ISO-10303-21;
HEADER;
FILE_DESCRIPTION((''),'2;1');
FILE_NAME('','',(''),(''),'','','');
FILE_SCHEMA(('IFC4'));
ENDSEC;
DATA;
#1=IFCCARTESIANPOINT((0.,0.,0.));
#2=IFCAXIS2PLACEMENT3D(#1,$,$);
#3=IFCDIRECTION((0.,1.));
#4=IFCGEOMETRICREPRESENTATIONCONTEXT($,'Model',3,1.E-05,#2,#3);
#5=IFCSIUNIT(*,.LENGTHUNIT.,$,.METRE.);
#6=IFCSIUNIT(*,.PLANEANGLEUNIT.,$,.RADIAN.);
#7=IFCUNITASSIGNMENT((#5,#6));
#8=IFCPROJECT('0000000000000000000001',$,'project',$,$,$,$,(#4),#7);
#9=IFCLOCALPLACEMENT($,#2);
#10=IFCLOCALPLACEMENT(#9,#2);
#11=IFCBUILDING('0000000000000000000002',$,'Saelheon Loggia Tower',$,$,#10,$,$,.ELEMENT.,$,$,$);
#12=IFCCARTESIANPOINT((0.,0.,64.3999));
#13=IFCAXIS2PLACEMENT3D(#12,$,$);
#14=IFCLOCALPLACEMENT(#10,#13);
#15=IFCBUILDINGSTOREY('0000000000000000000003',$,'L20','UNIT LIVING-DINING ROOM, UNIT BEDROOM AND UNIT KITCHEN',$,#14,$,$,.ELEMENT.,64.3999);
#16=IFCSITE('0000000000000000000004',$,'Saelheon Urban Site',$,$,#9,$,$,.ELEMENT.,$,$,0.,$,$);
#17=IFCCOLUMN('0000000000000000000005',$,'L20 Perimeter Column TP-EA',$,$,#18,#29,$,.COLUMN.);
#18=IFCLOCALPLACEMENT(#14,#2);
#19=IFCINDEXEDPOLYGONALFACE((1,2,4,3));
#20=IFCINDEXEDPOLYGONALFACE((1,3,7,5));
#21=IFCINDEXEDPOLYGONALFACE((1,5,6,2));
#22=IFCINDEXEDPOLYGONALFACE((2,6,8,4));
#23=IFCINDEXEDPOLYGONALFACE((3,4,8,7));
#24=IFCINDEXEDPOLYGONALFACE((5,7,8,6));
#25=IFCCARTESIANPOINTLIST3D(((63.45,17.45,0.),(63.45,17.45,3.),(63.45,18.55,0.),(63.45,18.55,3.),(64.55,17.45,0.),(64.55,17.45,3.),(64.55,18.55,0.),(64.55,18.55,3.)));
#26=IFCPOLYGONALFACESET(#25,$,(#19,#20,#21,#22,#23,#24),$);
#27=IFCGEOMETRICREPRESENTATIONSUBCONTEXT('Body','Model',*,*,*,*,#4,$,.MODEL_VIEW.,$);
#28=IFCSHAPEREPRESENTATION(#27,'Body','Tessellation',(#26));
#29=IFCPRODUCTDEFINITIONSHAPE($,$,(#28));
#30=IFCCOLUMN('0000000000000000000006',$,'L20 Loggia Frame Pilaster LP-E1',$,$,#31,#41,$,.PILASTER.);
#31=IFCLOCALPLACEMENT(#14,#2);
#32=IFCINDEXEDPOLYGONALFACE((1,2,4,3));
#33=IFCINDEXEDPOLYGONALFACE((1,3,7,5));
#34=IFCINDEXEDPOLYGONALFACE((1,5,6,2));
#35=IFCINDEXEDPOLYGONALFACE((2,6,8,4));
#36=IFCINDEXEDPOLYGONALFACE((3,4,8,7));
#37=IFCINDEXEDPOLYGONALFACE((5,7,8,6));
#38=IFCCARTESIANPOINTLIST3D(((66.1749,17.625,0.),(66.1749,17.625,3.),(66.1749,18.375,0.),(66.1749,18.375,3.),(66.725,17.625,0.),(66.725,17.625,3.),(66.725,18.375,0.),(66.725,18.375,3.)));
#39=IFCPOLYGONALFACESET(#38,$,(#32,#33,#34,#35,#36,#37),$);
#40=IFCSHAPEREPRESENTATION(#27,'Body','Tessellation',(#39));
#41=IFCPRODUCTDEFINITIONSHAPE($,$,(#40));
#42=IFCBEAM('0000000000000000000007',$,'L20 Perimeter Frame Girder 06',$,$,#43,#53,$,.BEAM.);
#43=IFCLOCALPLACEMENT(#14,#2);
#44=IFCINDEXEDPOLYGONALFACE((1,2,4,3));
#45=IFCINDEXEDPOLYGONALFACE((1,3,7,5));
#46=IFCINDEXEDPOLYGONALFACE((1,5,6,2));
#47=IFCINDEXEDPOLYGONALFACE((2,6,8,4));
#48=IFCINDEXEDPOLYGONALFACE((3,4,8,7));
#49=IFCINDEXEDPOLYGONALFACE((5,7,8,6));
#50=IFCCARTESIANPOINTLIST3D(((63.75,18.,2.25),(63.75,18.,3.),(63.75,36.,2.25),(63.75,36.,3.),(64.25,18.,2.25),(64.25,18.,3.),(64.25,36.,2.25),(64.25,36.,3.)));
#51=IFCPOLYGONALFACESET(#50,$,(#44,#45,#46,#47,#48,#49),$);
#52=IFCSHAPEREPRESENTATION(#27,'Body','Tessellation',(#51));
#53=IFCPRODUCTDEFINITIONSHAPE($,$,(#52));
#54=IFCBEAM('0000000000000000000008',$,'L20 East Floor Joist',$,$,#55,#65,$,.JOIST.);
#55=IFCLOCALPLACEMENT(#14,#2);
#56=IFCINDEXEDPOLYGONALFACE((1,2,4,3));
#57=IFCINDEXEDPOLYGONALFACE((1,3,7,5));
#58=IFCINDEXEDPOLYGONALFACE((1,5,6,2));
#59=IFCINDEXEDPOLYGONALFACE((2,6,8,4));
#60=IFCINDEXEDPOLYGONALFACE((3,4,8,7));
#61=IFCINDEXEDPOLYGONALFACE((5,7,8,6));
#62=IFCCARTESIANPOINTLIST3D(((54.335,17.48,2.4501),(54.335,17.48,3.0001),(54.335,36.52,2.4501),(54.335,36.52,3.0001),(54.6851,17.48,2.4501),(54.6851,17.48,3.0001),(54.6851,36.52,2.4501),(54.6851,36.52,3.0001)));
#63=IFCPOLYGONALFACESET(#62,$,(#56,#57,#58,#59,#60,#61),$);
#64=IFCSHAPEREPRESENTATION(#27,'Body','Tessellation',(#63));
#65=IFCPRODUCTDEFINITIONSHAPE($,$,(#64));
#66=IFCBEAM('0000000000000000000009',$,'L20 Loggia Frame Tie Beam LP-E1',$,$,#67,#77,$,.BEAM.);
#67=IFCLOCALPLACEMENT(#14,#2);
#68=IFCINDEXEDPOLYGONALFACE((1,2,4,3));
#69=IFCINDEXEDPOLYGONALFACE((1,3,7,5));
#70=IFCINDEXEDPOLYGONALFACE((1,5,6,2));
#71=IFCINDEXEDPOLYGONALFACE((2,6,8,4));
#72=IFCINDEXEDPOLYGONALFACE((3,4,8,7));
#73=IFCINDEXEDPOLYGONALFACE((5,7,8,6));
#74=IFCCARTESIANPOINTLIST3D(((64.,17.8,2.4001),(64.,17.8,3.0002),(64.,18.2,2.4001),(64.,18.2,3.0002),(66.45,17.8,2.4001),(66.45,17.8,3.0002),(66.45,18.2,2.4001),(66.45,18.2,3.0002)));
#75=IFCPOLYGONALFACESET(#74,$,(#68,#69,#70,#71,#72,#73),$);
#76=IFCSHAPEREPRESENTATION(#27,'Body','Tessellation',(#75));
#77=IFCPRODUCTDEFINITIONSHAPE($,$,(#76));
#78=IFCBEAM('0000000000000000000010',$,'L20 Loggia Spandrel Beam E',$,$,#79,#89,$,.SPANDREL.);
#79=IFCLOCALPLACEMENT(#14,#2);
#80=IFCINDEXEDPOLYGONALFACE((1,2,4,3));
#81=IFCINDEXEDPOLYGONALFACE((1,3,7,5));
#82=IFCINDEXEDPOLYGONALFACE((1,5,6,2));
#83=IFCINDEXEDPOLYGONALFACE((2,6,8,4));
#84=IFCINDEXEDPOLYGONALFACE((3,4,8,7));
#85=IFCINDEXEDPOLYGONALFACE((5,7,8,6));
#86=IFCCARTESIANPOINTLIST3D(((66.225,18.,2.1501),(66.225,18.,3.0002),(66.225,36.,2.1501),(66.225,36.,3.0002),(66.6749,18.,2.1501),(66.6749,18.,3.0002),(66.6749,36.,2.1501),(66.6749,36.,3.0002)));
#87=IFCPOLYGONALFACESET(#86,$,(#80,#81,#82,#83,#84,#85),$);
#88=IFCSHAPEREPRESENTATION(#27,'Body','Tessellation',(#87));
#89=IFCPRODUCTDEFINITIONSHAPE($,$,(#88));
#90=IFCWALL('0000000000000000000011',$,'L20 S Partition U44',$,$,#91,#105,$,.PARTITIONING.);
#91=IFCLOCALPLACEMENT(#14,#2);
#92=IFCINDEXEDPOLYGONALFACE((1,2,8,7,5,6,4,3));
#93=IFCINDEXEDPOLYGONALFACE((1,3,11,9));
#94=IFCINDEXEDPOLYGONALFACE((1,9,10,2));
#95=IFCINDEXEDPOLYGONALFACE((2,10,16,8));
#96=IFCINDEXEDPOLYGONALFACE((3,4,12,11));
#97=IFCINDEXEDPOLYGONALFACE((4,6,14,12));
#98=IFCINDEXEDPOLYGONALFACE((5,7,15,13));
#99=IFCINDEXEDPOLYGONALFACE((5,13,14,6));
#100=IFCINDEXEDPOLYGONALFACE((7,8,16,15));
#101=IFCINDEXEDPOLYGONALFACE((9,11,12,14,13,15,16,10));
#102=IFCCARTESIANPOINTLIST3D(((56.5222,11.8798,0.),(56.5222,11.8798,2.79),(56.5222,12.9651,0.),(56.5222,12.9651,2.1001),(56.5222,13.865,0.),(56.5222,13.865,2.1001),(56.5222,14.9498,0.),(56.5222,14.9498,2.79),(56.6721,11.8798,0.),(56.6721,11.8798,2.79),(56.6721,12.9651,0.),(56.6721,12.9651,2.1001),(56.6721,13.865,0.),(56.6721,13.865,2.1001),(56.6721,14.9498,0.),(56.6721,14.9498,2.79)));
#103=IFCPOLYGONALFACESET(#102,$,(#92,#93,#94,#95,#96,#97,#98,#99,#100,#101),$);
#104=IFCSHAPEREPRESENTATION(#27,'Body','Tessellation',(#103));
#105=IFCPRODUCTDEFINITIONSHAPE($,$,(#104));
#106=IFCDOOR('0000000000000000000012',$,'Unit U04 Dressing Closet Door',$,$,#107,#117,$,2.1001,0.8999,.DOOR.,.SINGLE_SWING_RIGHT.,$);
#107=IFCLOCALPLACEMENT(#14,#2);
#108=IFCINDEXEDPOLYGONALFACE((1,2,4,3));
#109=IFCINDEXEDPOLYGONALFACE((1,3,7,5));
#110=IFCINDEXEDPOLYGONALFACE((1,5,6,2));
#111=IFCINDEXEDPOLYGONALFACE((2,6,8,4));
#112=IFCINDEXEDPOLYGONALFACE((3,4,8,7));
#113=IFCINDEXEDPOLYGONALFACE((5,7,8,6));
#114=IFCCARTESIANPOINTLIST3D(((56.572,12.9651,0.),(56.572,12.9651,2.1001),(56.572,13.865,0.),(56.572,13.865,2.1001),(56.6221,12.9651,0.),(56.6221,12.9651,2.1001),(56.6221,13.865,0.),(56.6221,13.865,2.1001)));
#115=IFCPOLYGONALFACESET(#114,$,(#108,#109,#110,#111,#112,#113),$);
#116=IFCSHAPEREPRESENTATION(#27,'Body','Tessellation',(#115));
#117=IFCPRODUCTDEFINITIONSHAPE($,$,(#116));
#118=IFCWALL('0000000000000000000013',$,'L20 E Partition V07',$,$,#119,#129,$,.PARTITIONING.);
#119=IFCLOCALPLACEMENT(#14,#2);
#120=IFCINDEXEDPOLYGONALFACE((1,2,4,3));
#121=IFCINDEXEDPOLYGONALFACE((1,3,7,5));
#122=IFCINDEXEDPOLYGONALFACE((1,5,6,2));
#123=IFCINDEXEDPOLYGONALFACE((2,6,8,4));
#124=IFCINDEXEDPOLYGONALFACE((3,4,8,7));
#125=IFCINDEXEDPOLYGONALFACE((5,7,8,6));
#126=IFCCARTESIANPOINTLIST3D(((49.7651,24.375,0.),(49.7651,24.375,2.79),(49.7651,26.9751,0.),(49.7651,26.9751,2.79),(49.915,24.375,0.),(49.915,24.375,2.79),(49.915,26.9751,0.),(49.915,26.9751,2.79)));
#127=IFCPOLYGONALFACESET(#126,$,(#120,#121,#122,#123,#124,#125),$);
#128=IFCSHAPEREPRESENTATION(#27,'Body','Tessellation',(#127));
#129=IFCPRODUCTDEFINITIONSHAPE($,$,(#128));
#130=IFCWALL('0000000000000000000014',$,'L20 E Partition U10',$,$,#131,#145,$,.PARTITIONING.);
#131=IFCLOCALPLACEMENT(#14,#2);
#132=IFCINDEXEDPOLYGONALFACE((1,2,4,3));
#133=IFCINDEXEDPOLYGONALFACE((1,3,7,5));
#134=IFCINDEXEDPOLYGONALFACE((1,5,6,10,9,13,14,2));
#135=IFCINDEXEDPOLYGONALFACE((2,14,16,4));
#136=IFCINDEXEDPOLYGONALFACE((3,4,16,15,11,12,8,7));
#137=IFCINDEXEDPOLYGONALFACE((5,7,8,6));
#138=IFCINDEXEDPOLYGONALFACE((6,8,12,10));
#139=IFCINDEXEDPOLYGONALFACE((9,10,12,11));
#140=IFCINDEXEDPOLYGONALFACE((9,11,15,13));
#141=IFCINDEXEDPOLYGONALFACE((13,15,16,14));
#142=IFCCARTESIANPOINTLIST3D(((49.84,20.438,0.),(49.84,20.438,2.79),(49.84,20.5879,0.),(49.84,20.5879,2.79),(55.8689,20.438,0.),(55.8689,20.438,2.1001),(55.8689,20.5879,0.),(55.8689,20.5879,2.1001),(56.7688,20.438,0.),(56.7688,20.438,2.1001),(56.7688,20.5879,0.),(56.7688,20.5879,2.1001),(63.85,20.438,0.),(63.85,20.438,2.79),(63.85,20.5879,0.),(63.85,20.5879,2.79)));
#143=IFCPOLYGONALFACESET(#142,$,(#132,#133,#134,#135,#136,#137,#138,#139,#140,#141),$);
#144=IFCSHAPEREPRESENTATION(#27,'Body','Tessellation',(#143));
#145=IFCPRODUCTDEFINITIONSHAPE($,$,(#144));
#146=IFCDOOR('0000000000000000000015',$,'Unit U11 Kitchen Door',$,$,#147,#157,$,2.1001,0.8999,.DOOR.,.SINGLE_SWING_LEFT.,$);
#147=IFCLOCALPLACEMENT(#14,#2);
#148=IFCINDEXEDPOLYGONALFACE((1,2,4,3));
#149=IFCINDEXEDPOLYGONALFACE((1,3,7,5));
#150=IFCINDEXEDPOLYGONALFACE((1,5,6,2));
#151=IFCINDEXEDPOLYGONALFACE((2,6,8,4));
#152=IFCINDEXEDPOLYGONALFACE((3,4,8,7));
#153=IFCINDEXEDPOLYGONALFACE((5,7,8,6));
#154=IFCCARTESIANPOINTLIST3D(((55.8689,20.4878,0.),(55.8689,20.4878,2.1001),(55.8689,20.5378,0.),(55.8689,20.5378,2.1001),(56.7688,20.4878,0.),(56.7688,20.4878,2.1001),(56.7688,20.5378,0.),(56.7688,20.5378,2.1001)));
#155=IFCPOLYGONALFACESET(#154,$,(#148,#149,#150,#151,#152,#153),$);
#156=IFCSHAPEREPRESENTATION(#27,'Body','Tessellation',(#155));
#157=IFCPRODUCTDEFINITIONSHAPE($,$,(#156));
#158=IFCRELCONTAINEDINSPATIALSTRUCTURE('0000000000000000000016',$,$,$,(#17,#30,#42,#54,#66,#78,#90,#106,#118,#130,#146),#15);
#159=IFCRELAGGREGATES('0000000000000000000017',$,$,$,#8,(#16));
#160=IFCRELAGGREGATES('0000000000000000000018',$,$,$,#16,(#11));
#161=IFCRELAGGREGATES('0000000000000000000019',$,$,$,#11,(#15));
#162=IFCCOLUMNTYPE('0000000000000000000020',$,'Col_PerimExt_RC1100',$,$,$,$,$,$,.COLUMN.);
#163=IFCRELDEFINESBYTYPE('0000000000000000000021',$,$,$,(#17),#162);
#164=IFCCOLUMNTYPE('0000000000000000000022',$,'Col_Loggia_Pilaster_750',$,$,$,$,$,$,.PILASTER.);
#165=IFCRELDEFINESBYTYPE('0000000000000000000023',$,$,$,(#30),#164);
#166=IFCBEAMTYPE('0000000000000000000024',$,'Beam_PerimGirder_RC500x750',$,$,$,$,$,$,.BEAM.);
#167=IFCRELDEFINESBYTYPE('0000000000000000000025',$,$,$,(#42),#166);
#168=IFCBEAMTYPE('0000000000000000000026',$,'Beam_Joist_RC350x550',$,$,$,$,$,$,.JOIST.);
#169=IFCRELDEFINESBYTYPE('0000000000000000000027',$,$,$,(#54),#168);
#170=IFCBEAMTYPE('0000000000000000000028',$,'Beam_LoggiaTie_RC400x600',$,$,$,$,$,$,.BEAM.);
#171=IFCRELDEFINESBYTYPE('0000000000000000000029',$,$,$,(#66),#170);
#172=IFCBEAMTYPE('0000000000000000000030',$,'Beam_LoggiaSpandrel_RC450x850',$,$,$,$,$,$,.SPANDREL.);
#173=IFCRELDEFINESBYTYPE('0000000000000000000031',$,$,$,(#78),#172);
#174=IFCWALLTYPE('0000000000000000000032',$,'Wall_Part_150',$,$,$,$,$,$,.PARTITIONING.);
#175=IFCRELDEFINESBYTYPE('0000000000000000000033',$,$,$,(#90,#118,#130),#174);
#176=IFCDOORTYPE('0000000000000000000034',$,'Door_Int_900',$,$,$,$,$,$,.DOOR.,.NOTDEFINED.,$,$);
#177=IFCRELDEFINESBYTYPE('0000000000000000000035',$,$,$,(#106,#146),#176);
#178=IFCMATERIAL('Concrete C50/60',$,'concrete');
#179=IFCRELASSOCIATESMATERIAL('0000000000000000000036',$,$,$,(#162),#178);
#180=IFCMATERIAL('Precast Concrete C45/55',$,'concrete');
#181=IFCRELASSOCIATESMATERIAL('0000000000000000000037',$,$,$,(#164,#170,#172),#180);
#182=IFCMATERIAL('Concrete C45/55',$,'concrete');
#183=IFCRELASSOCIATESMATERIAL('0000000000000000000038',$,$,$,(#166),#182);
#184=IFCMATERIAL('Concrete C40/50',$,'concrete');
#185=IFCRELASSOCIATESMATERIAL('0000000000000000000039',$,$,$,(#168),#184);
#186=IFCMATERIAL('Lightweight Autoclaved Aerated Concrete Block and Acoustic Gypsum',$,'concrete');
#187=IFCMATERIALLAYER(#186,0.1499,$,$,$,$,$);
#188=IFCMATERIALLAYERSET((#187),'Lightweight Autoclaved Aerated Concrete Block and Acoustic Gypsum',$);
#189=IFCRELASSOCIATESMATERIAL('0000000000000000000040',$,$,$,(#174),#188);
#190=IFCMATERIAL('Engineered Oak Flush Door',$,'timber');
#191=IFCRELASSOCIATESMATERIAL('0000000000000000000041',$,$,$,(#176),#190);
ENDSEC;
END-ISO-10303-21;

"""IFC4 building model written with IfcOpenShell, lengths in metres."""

from ifc_helpers import new_model, si_unit, direction, frame, frame_2d, origin, origin_2d, place, context, subcontext, project, spatial, rectangle, extrude, source, transform, mapped, material, layer, layer_set, material_profile, profile_set, type_object, element, fill, save


model = new_model("IFC4")

# Units and contexts
model_context = context("Model", 3, precision=1e-05, world=origin(), true_north=direction((0.0, 1.0)))
body_context = subcontext(model_context, "Body", "Model", "MODEL_VIEW")
ifc_project = project(units=[si_unit("LENGTHUNIT", "METRE"), si_unit("PLANEANGLEUNIT", "RADIAN")], contexts=[model_context])

# Site, building, storey
site_placement = place(None, origin())
site = spatial("IfcSite", under=ifc_project, at=site_placement, Name="Saelheon Urban Site", CompositionType="ELEMENT", RefElevation=0.0)
building_placement = place(site_placement, origin())
building = spatial("IfcBuilding", under=site, at=building_placement, Name="Saelheon Loggia Tower", CompositionType="ELEMENT")
storey_placement = place(building_placement, frame((0.0, 0.0, 64.3999)))
storey = spatial("IfcBuildingStorey", under=building, at=storey_placement, Name="L20", Description="UNIT LIVING-DINING ROOM, UNIT BEDROOM AND UNIT KITCHEN", CompositionType="ELEMENT", Elevation=64.3999)

# Columns
ifc_material_1 = material(Name="Concrete C50/60", Category="concrete")
ifc_material_profile_1 = material_profile(ifc_material_1, rectangle(XDim=1.1001, YDim=1.1001, at=origin_2d()), Name="RC-1100x1100")
ifc_profile_set_1 = profile_set([ifc_material_profile_1], Name="Concrete C50/60")
column_type_1 = type_object("IfcColumnType", Name="Col_PerimExt_RC1100", PredefinedType="COLUMN", material=ifc_profile_set_1)
shared_shape_1 = source(origin(), body_context, "Body", "SweptSolid", [
    extrude(rectangle(XDim=1.1001, YDim=1.1001, at=origin_2d()), origin(), (0.0, 0.0, 1.0), 3.0),
])
column_1_placement = place(storey_placement, frame((64.0, 18.0, 0.0), z_axis=(0.0, 0.0, 1.0), x_axis=(1.0, 0.0, 0.0)))
element("IfcColumn", 1, at=column_1_placement, inside=storey, type_object=column_type_1, Name="L20 Perimeter Column TP-EA", PredefinedType="COLUMN", context=body_context, shape_type="MappedRepresentation", body=[
    mapped(shared_shape_1, transform((0.0, 0.0, 0.0), scale=1.0)),
])
ifc_material_2 = material(Name="Precast Concrete C45/55", Category="concrete")
ifc_material_profile_2 = material_profile(ifc_material_2, rectangle(XDim=0.55, YDim=0.75, at=origin_2d()), Name="RC-550x750")
ifc_profile_set_2 = profile_set([ifc_material_profile_2], Name="Precast Concrete C45/55")
column_type_2 = type_object("IfcColumnType", Name="Col_Loggia_Pilaster_750", PredefinedType="PILASTER", material=ifc_profile_set_2)
shared_shape_2 = source(origin(), body_context, "Body", "SweptSolid", [
    extrude(rectangle(XDim=0.55, YDim=0.75, at=origin_2d()), origin(), (0.0, 0.0, 1.0), 3.0),
])
column_2_placement = place(storey_placement, frame((66.45, 18.0, 0.0), z_axis=(0.0, 0.0, 1.0), x_axis=(1.0, 0.0, 0.0)))
element("IfcColumn", 2, at=column_2_placement, inside=storey, type_object=column_type_2, Name="L20 Loggia Frame Pilaster LP-E1", PredefinedType="PILASTER", context=body_context, shape_type="MappedRepresentation", body=[
    mapped(shared_shape_2, transform((0.0, 0.0, 0.0), scale=1.0)),
])

# Beams
ifc_material_3 = material(Name="Concrete C45/55", Category="concrete")
ifc_material_profile_3 = material_profile(ifc_material_3, rectangle(XDim=0.5, YDim=0.75, at=origin_2d()), Name="RC-500x750")
ifc_profile_set_3 = profile_set([ifc_material_profile_3], Name="Concrete C45/55")
beam_type_1 = type_object("IfcBeamType", Name="Beam_PerimGirder_RC500x750", PredefinedType="BEAM", material=ifc_profile_set_3)
shared_shape_3 = source(origin(), body_context, "Body", "SweptSolid", [
    extrude(rectangle(XDim=0.5, YDim=0.75, at=origin_2d()), origin(), (0.0, 0.0, 1.0), 18.0),
])
beam_1_placement = place(storey_placement, frame((64.0, 18.0, 2.625), z_axis=(0.0, 1.0, 0.0), x_axis=(-1.0, 0.0, 0.0)))
element("IfcBeam", 3, at=beam_1_placement, inside=storey, type_object=beam_type_1, Name="L20 Perimeter Frame Girder 06", PredefinedType="BEAM", context=body_context, shape_type="MappedRepresentation", body=[
    mapped(shared_shape_3, transform((0.0, 0.0, 0.0), scale=1.0)),
])
ifc_material_4 = material(Name="Concrete C40/50", Category="concrete")
ifc_material_profile_4 = material_profile(ifc_material_4, rectangle(XDim=0.3501, YDim=0.55, at=origin_2d()), Name="RC-350x550")
ifc_profile_set_4 = profile_set([ifc_material_profile_4], Name="Concrete C40/50")
beam_type_2 = type_object("IfcBeamType", Name="Beam_Joist_RC350x550", PredefinedType="JOIST", material=ifc_profile_set_4)
shared_shape_4 = source(origin(), body_context, "Body", "SweptSolid", [
    extrude(rectangle(XDim=0.3501, YDim=0.55, at=origin_2d()), origin(), (0.0, 0.0, 1.0), 19.04),
])
beam_2_placement = place(storey_placement, frame((54.51, 17.48, 2.7251), z_axis=(0.0, 1.0, 0.0), x_axis=(-1.0, 0.0, 0.0)))
element("IfcBeam", 4, at=beam_2_placement, inside=storey, type_object=beam_type_2, Name="L20 East Floor Joist", PredefinedType="JOIST", context=body_context, shape_type="MappedRepresentation", body=[
    mapped(shared_shape_4, transform((0.0, 0.0, 0.0), scale=1.0)),
])
ifc_material_profile_5 = material_profile(ifc_material_2, rectangle(XDim=0.3999, YDim=0.6001, at=origin_2d()), Name="RC-400x600")
ifc_profile_set_5 = profile_set([ifc_material_profile_5], Name="Precast Concrete C45/55")
beam_type_3 = type_object("IfcBeamType", Name="Beam_LoggiaTie_RC400x600", PredefinedType="BEAM", material=ifc_profile_set_5)
shared_shape_5 = source(origin(), body_context, "Body", "SweptSolid", [
    extrude(rectangle(XDim=0.3999, YDim=0.6001, at=origin_2d()), origin(), (0.0, 0.0, 1.0), 2.45),
])
beam_3_placement = place(storey_placement, frame((64.0, 18.0, 2.7002), z_axis=(1.0, 0.0, 0.0), x_axis=(0.0, 1.0, 0.0)))
element("IfcBeam", 5, at=beam_3_placement, inside=storey, type_object=beam_type_3, Name="L20 Loggia Frame Tie Beam LP-E1", PredefinedType="BEAM", context=body_context, shape_type="MappedRepresentation", body=[
    mapped(shared_shape_5, transform((0.0, 0.0, 0.0), scale=1.0)),
])
ifc_material_profile_6 = material_profile(ifc_material_2, rectangle(XDim=0.45, YDim=0.8501, at=origin_2d()), Name="RC-450x850")
ifc_profile_set_6 = profile_set([ifc_material_profile_6], Name="Precast Concrete C45/55")
beam_type_4 = type_object("IfcBeamType", Name="Beam_LoggiaSpandrel_RC450x850", PredefinedType="SPANDREL", material=ifc_profile_set_6)
shared_shape_6 = source(origin(), body_context, "Body", "SweptSolid", [
    extrude(rectangle(XDim=0.45, YDim=0.8501, at=origin_2d()), origin(), (0.0, 0.0, 1.0), 18.0),
])
beam_4_placement = place(storey_placement, frame((66.45, 18.0, 2.5752), z_axis=(0.0, 1.0, 0.0), x_axis=(-1.0, 0.0, 0.0)))
element("IfcBeam", 6, at=beam_4_placement, inside=storey, type_object=beam_type_4, Name="L20 Loggia Spandrel Beam E", PredefinedType="SPANDREL", context=body_context, shape_type="MappedRepresentation", body=[
    mapped(shared_shape_6, transform((0.0, 0.0, 0.0), scale=1.0)),
])

# Wall, opening, door
ifc_material_5 = material(Name="Lightweight Autoclaved Aerated Concrete Block and Acoustic Gypsum", Category="concrete")
ifc_layer_1 = layer(ifc_material_5, 0.1499)
ifc_layer_set_1 = layer_set([ifc_layer_1], Name="Lightweight Autoclaved Aerated Concrete Block and Acoustic Gypsum")
wall_type_1 = type_object("IfcWallType", Name="Wall_Part_150", PredefinedType="PARTITIONING", material=ifc_layer_set_1)
wall_1_placement = place(storey_placement, frame((56.5972, 14.95, 0.0), z_axis=(0.0, 0.0, 1.0), x_axis=(0.0, -1.0, 0.0)))
wall_1 = element("IfcWall", 7, at=wall_1_placement, inside=storey, type_object=wall_type_1, Name="L20 S Partition U44", PredefinedType="PARTITIONING", context=body_context, shape_type="SweptSolid", body=[
    extrude(rectangle(XDim=3.0701, YDim=0.1499, at=frame_2d((1.5352, 0.0))), origin(), (0.0, 0.0, 1.0), 2.79),
])
opening_1_placement = place(wall_1_placement, frame((1.085, 0.0, 0.0)))
opening_1 = element("IfcOpeningElement", 8, at=opening_1_placement, cuts=wall_1, PredefinedType="OPENING", context=body_context, shape_type="SweptSolid", body=[
    extrude(rectangle(XDim=0.8999, YDim=2.1001, at=frame_2d((0.45, 1.05))), frame((0.0, 0.0869, 0.0), z_axis=(0.0, -1.0, 0.0), x_axis=(1.0, 0.0, 0.0)), (0.0, 0.0, 1.0), 0.1738),
])
ifc_material_6 = material(Name="Engineered Oak Flush Door", Category="timber")
door_type_1 = type_object("IfcDoorType", Name="Door_Int_900", OperationType="NOTDEFINED", PredefinedType="DOOR", material=ifc_material_6)
shared_shape_7 = source(origin(), body_context, "Body", "SweptSolid", [
    extrude(rectangle(XDim=0.8999, YDim=2.1001, at=frame_2d((0.45, 1.05))), frame((0.0, 0.0249, 0.0), z_axis=(0.0, -1.0, 0.0), x_axis=(1.0, 0.0, 0.0)), (0.0, 0.0, 1.0), 0.05),
])
door_1_placement = place(opening_1_placement, origin())
door_1 = element("IfcDoor", 9, at=door_1_placement, inside=storey, type_object=door_type_1, Name="Unit U04 Dressing Closet Door", OperationType="SINGLE_SWING_RIGHT", OverallHeight=2.1001, OverallWidth=0.8999, PredefinedType="DOOR", context=body_context, shape_type="MappedRepresentation", body=[
    mapped(shared_shape_7, transform((0.0, 0.0, 0.0), scale=1.0)),
])
fill(opening_1, door_1)

# Wall
wall_2_placement = place(storey_placement, frame((49.8401, 24.375, 0.0), z_axis=(0.0, 0.0, 1.0), x_axis=(0.0, 1.0, 0.0)))
element("IfcWall", 10, at=wall_2_placement, inside=storey, type_object=wall_type_1, Name="L20 E Partition V07", PredefinedType="PARTITIONING", context=body_context, shape_type="SweptSolid", body=[
    extrude(rectangle(XDim=2.6001, YDim=0.1499, at=frame_2d((1.3, 0.0))), origin(), (0.0, 0.0, 1.0), 2.79),
])

# Wall, opening, door
wall_3_placement = place(storey_placement, frame((49.8401, 20.5129, 0.0), z_axis=(0.0, 0.0, 1.0), x_axis=(1.0, 0.0, 0.0)))
wall_3 = element("IfcWall", 11, at=wall_3_placement, inside=storey, type_object=wall_type_1, Name="L20 E Partition U10", PredefinedType="PARTITIONING", context=body_context, shape_type="SweptSolid", body=[
    extrude(rectangle(XDim=14.01, YDim=0.1499, at=frame_2d((7.0049, 0.0))), origin(), (0.0, 0.0, 1.0), 2.79),
])
opening_2_placement = place(wall_3_placement, frame((6.0288, 0.0, 0.0)))
opening_2 = element("IfcOpeningElement", 12, at=opening_2_placement, cuts=wall_3, PredefinedType="OPENING", context=body_context, shape_type="SweptSolid", body=[
    extrude(rectangle(XDim=0.8999, YDim=2.1001, at=frame_2d((0.45, 1.05))), frame((0.0, 0.0869, 0.0), z_axis=(0.0, -1.0, 0.0), x_axis=(1.0, 0.0, 0.0)), (0.0, 0.0, 1.0), 0.1738),
])
door_2_placement = place(opening_2_placement, origin())
door_2 = element("IfcDoor", 13, at=door_2_placement, inside=storey, type_object=door_type_1, Name="Unit U11 Kitchen Door", OperationType="SINGLE_SWING_LEFT", OverallHeight=2.1001, OverallWidth=0.8999, PredefinedType="DOOR", context=body_context, shape_type="MappedRepresentation", body=[
    mapped(shared_shape_7, transform((0.0, 0.0, 0.0), scale=1.0)),
])
fill(opening_2, door_2)

save(model, "model.ifc")
